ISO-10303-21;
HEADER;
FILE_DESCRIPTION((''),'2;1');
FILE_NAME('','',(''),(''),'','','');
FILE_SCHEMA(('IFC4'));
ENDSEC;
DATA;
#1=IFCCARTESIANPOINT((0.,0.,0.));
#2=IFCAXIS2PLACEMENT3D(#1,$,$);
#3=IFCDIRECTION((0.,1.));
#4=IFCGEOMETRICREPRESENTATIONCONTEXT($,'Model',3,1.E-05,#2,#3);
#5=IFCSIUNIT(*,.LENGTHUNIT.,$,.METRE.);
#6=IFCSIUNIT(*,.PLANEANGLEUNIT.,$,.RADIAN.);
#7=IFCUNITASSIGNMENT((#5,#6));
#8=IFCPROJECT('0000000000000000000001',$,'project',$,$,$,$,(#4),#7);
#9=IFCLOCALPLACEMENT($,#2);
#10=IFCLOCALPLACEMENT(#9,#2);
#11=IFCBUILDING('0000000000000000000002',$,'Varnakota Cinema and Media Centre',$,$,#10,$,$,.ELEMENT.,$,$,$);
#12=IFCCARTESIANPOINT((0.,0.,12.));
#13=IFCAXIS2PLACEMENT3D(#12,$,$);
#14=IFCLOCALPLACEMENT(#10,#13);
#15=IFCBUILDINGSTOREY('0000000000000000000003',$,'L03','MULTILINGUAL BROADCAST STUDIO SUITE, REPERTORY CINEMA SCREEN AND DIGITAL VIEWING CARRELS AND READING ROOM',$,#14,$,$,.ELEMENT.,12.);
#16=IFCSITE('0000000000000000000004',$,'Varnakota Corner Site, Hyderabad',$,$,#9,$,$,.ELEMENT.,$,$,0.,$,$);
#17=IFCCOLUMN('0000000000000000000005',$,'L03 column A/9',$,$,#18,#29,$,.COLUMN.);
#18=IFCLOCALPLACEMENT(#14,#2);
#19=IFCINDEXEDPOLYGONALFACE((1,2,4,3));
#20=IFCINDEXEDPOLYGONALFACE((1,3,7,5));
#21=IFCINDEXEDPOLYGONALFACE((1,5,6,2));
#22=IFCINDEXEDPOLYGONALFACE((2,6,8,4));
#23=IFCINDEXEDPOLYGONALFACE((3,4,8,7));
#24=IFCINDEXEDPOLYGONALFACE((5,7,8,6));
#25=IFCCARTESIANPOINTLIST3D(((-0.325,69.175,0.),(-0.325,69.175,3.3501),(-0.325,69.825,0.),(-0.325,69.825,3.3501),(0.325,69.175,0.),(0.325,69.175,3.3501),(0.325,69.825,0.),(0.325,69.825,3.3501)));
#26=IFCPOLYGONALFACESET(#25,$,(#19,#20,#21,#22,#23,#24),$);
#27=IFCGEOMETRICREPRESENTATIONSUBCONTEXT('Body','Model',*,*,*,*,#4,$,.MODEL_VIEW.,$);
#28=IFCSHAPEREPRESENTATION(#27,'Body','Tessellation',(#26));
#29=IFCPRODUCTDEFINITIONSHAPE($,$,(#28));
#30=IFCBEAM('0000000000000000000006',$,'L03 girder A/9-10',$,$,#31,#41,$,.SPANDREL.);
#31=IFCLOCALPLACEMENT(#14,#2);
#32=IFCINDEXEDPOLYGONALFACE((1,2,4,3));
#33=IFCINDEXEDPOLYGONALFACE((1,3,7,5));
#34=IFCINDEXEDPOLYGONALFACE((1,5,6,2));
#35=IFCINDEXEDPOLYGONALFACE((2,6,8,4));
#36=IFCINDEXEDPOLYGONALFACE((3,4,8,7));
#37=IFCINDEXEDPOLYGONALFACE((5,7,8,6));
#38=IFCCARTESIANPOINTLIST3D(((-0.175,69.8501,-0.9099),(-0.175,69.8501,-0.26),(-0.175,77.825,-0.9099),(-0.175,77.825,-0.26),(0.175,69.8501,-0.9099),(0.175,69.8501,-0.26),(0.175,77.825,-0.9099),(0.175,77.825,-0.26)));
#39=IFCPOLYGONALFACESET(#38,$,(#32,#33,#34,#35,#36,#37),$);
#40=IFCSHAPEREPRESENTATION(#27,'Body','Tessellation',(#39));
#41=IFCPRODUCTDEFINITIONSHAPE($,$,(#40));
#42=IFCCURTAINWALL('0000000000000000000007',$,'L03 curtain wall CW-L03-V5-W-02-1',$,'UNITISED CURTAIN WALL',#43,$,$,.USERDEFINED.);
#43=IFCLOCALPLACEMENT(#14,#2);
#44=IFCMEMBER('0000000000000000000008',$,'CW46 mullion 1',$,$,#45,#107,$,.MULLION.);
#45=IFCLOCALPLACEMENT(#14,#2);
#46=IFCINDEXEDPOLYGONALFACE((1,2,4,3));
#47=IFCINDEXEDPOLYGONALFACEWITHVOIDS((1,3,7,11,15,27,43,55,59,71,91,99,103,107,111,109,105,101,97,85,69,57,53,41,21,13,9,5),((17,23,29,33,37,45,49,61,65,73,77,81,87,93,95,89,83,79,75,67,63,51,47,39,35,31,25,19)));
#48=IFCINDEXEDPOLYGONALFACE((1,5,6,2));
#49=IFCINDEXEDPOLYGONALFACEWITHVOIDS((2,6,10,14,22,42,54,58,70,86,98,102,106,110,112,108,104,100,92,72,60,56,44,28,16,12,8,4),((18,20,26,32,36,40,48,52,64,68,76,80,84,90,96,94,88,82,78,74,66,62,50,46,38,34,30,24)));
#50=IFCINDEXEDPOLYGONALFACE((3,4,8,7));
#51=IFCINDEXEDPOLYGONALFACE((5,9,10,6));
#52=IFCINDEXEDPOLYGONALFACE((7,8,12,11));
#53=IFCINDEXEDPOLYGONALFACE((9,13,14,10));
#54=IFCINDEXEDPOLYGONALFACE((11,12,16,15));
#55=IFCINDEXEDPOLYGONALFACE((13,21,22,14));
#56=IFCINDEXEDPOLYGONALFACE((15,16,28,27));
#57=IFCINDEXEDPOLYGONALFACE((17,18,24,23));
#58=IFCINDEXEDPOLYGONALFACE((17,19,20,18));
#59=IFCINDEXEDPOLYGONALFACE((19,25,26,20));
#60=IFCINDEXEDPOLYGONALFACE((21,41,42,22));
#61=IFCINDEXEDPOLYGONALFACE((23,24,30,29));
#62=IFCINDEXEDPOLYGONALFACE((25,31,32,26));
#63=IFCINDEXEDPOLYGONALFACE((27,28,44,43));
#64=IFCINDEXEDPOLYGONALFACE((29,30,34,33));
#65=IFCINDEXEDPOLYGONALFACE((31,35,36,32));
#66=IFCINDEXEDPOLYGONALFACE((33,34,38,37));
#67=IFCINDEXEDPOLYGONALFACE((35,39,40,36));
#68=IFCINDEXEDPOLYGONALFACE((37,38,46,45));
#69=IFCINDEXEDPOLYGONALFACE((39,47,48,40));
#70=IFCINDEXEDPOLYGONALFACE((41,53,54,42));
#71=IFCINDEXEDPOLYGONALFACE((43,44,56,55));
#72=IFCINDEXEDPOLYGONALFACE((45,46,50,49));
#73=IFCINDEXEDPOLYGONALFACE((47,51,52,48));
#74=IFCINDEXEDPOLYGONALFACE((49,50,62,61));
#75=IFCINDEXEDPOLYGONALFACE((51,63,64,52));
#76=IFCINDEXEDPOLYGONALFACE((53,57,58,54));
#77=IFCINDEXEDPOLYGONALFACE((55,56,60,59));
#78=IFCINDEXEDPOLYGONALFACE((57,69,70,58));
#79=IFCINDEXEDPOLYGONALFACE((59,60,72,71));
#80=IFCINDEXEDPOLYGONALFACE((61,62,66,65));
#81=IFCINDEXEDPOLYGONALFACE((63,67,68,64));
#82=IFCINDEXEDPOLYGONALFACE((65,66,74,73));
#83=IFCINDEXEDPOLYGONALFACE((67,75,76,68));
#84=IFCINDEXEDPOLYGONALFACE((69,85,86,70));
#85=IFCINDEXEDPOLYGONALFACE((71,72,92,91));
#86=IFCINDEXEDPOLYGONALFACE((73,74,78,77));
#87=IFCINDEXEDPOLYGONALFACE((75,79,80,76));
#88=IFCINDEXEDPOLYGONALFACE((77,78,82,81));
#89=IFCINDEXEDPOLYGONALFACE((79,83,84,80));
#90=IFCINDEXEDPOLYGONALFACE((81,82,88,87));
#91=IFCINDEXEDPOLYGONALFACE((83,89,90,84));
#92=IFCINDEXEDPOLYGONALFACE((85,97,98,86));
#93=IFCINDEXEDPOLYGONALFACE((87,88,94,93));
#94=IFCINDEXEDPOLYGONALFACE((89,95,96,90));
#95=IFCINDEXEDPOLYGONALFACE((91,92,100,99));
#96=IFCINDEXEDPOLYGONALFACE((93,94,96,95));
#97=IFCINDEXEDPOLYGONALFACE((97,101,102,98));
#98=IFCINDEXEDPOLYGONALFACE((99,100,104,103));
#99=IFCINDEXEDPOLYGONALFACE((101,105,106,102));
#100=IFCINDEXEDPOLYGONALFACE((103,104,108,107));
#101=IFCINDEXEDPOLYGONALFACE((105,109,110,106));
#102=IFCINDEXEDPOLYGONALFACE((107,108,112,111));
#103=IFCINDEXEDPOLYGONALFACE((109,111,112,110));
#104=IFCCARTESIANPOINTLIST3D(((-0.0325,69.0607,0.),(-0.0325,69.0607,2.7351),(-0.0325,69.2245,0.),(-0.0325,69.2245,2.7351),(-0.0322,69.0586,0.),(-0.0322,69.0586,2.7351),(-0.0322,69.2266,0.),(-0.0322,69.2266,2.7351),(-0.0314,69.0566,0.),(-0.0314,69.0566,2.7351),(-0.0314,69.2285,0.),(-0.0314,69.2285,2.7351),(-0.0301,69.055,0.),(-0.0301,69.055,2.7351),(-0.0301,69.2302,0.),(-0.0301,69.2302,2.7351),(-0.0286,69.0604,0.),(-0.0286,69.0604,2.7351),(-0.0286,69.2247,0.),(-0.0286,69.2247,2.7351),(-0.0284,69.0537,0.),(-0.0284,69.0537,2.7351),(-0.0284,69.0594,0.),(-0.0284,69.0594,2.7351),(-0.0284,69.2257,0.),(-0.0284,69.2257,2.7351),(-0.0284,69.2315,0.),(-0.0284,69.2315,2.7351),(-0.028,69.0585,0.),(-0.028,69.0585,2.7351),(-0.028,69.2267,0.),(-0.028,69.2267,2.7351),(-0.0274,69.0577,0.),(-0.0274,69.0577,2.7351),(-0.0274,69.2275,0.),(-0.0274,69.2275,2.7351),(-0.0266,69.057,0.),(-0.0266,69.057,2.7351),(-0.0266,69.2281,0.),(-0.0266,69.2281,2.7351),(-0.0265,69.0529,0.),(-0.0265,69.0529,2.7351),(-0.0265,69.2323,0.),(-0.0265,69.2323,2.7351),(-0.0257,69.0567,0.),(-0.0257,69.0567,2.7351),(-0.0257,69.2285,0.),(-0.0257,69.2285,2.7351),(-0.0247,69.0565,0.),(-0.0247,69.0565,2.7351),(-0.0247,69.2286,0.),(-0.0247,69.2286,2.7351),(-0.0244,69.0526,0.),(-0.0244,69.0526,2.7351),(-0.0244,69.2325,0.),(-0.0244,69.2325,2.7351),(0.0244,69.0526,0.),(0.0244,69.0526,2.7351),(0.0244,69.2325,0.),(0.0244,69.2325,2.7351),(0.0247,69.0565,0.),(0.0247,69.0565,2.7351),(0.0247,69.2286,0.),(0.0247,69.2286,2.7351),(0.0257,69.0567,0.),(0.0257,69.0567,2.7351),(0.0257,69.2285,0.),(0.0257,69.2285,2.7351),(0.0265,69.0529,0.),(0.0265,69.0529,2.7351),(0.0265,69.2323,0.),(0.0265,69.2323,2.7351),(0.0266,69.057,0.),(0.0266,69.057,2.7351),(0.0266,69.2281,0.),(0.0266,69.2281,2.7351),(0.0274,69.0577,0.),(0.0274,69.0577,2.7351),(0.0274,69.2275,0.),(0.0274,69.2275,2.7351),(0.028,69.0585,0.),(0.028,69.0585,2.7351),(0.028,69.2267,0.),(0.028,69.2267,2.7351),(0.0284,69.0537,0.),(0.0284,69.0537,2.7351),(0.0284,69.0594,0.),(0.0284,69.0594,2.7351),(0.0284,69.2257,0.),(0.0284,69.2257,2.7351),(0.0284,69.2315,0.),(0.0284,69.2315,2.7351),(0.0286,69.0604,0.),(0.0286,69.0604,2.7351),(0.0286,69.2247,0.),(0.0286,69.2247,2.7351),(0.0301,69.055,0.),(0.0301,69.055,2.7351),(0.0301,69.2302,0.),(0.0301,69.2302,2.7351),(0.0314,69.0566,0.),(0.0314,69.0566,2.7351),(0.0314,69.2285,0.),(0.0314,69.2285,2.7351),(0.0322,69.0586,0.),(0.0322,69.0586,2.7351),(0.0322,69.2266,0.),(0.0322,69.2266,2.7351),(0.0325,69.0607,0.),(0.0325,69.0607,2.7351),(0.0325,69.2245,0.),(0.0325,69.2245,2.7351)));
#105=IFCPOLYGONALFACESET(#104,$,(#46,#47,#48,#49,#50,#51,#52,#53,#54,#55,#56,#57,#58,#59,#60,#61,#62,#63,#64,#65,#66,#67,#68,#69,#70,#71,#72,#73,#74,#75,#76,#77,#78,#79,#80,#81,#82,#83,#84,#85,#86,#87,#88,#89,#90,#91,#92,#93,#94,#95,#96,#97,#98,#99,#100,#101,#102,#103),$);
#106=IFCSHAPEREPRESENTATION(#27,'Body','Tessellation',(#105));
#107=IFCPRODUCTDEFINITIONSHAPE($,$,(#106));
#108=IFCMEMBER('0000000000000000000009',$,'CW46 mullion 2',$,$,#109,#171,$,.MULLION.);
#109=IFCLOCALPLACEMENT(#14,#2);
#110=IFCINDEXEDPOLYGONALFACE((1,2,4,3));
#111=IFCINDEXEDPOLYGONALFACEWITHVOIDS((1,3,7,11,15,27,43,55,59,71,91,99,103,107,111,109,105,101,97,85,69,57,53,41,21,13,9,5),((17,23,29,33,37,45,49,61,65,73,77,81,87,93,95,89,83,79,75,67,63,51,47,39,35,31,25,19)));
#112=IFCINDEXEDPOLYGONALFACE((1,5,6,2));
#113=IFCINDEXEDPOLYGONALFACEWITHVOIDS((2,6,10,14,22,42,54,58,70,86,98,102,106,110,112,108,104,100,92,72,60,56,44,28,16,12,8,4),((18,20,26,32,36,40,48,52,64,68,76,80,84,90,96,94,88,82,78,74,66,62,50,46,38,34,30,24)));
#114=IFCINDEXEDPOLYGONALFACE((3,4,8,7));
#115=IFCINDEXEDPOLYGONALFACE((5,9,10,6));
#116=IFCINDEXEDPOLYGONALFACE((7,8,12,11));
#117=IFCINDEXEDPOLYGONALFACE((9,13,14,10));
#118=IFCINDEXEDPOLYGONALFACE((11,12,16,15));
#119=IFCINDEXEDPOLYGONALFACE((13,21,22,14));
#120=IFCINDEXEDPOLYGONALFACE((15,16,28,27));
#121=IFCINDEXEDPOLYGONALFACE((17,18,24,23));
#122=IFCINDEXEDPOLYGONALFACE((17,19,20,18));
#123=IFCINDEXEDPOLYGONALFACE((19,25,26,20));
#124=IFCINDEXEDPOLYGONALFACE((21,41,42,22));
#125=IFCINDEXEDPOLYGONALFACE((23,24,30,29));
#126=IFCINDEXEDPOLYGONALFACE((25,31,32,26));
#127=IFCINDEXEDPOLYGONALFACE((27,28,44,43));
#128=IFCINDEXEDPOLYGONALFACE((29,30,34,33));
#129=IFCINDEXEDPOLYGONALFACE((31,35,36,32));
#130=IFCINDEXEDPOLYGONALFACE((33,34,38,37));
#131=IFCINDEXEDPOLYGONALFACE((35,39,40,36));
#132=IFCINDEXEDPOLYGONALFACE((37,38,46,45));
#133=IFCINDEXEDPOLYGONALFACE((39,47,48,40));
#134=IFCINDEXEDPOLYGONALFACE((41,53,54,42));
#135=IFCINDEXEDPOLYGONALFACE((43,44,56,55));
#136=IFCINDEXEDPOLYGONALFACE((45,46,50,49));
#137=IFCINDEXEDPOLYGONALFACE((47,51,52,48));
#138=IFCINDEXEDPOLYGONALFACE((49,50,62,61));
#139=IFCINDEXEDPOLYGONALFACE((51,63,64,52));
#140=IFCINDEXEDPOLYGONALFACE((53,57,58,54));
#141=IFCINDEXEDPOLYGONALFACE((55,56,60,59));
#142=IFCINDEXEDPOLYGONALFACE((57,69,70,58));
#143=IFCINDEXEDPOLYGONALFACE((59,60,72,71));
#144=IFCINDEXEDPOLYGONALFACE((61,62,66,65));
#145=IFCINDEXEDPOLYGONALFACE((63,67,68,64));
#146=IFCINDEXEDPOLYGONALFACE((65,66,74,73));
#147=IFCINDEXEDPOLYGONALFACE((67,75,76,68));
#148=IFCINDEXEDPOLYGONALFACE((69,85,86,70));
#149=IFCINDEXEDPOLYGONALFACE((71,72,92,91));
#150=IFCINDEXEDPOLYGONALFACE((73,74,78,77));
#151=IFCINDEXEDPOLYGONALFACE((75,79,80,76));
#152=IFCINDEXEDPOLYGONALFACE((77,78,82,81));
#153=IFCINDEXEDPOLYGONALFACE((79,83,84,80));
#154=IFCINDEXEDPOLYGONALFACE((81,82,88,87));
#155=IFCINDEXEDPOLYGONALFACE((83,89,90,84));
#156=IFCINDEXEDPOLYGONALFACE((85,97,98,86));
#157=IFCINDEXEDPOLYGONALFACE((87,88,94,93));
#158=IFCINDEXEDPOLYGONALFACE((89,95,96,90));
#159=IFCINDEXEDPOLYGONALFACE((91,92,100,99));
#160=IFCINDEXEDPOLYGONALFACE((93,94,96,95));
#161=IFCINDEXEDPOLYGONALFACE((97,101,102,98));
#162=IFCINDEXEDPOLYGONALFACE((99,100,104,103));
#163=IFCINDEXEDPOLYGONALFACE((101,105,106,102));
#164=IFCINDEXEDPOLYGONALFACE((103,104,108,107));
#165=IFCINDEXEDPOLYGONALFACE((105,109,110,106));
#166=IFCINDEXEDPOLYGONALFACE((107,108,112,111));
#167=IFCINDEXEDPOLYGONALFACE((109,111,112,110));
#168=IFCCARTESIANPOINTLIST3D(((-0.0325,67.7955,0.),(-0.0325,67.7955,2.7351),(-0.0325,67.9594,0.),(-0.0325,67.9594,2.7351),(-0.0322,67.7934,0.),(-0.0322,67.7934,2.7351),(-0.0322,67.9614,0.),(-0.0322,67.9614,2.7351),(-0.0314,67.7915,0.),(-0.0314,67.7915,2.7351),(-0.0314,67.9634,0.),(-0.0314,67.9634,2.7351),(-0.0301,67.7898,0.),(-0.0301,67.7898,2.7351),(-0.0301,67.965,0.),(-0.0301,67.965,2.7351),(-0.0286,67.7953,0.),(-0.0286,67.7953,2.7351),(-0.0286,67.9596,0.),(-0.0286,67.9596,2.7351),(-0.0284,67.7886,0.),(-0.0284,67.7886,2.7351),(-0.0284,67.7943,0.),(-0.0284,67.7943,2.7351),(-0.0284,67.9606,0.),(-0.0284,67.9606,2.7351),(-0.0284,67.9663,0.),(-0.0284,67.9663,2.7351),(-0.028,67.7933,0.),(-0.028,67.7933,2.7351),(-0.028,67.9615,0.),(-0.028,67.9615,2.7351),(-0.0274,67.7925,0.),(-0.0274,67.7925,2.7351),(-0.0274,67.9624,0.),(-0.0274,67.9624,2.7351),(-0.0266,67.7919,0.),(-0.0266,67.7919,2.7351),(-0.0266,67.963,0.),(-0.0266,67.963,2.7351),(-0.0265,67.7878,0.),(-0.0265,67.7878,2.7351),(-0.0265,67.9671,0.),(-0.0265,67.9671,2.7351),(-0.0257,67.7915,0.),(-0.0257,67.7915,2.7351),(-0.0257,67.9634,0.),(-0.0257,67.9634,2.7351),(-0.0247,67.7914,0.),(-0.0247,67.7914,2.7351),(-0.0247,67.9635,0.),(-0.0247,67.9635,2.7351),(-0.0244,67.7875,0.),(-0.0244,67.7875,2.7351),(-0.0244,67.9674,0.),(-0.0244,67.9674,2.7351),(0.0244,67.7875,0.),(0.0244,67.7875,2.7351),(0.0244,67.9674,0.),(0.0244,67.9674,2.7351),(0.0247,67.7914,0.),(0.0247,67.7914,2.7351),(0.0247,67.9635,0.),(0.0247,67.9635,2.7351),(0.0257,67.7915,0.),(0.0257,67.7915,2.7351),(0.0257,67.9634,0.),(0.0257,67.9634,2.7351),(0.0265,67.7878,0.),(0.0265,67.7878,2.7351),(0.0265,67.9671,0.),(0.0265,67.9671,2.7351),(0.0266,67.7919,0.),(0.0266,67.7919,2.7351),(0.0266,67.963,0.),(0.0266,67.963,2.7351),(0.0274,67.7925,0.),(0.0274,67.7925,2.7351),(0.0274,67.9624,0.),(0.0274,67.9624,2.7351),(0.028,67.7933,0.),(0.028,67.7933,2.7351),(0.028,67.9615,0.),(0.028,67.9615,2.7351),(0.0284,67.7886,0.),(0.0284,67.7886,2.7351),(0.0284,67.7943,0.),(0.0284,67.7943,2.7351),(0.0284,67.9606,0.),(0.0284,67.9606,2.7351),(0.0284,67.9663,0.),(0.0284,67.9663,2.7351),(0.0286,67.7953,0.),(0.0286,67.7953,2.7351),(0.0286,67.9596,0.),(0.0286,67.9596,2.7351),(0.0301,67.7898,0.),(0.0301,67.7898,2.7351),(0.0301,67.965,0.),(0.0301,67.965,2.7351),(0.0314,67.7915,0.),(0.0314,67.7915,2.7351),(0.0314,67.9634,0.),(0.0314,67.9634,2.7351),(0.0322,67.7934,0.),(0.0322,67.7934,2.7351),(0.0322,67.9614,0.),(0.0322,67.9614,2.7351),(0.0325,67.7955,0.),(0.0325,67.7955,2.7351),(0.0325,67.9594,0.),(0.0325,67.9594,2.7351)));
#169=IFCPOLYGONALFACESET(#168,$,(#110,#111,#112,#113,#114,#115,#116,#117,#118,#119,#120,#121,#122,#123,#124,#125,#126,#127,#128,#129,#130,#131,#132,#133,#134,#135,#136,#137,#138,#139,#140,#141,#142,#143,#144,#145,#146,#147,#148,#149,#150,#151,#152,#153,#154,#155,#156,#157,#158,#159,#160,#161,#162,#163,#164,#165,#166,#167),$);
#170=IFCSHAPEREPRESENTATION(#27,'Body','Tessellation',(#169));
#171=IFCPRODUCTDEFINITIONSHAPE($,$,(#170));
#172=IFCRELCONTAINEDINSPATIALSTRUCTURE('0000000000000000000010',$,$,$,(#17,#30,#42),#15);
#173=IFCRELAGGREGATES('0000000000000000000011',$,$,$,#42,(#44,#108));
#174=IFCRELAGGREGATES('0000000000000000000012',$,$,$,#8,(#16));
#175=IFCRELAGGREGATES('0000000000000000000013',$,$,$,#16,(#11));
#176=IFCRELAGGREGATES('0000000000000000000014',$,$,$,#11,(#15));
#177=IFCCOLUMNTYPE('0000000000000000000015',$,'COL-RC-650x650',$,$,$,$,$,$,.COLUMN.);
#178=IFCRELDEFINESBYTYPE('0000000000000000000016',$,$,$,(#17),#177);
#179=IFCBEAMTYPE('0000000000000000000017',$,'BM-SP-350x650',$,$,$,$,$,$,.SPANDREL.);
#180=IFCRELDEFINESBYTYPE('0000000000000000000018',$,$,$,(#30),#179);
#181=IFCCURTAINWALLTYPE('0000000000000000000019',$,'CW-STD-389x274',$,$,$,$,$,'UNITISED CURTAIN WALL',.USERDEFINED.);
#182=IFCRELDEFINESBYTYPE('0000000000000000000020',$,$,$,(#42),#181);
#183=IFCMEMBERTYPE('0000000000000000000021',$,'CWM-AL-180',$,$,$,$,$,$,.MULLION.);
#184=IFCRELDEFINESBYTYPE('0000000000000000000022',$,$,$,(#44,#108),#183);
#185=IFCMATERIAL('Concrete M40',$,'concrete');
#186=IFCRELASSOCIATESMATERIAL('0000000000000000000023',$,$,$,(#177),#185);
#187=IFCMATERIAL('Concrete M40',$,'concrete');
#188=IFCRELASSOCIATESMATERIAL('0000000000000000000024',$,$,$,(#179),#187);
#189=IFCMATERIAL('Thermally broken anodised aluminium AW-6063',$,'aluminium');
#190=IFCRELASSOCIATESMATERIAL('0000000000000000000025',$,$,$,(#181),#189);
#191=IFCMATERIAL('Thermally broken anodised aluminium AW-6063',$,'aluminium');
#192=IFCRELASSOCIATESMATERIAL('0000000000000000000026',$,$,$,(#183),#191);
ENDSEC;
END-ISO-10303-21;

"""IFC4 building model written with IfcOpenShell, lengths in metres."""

from ifc_helpers import new_model, si_unit, direction, frame, origin, origin_2d, place, context, subcontext, project, spatial, rectangle, hollow_rectangle, extrude, material, material_profile, profile_set, type_object, element, aggregate, save


model = new_model("IFC4")

# Units and contexts
model_context = context("Model", 3, precision=1e-05, world=origin(), true_north=direction((0.0, 1.0)))
body_context = subcontext(model_context, "Body", "Model", "MODEL_VIEW")
ifc_project = project(units=[si_unit("LENGTHUNIT", "METRE"), si_unit("PLANEANGLEUNIT", "RADIAN")], contexts=[model_context])

# Site, building, storey
site_placement = place(None, origin())
site = spatial("IfcSite", under=ifc_project, at=site_placement, Name="Varnakota Corner Site, Hyderabad", CompositionType="ELEMENT", RefElevation=0.0)
building_placement = place(site_placement, origin())
building = spatial("IfcBuilding", under=site, at=building_placement, Name="Varnakota Cinema and Media Centre", CompositionType="ELEMENT")
storey_placement = place(building_placement, frame((0.0, 0.0, 12.0)))
storey = spatial("IfcBuildingStorey", under=building, at=storey_placement, Name="L03", Description="MULTILINGUAL BROADCAST STUDIO SUITE, REPERTORY CINEMA SCREEN AND DIGITAL VIEWING CARRELS AND READING ROOM", CompositionType="ELEMENT", Elevation=12.0)

# Column
ifc_material_1 = material(Name="Concrete M40", Category="concrete")
ifc_material_profile_1 = material_profile(ifc_material_1, rectangle(XDim=0.6499, YDim=0.6499, at=origin_2d()), Name="RC 650x650")
ifc_profile_set_1 = profile_set([ifc_material_profile_1], Name="Concrete M40")
column_type = type_object("IfcColumnType", Name="COL-RC-650x650", PredefinedType="COLUMN", material=ifc_profile_set_1)
column_placement = place(storey_placement, frame((0.0, 69.5, 0.0), z_axis=(0.0, 0.0, 1.0), x_axis=(1.0, 0.0, 0.0)))
element("IfcColumn", 1, at=column_placement, inside=storey, type_object=column_type, Name="L03 column A/9", PredefinedType="COLUMN", context=body_context, shape_type="SweptSolid", body=[
    extrude(rectangle(XDim=0.6499, YDim=0.6499, at=origin_2d()), origin(), (0.0, 0.0, 1.0), 3.3501),
])

# Beam
ifc_material_2 = material(Name="Concrete M40", Category="concrete")
ifc_material_profile_2 = material_profile(ifc_material_2, rectangle(XDim=0.3501, YDim=0.6499, at=origin_2d()), Name="RCB 350x650")
ifc_profile_set_2 = profile_set([ifc_material_profile_2], Name="Concrete M40")
beam_type = type_object("IfcBeamType", Name="BM-SP-350x650", PredefinedType="SPANDREL", material=ifc_profile_set_2)
beam_placement = place(storey_placement, frame((0.0, 69.8501, -0.585), z_axis=(0.0, 1.0, 0.0), x_axis=(-1.0, 0.0, 0.0)))
element("IfcBeam", 2, at=beam_placement, inside=storey, type_object=beam_type, Name="L03 girder A/9-10", PredefinedType="SPANDREL", context=body_context, shape_type="SweptSolid", body=[
    extrude(rectangle(XDim=0.3501, YDim=0.6499, at=origin_2d()), origin(), (0.0, 0.0, 1.0), 7.9749),
])

# Curtain wall, members
ifc_material_3 = material(Name="Thermally broken anodised aluminium AW-6063", Category="aluminium")
curtain_wall_type = type_object("IfcCurtainWallType", Name="CW-STD-389x274", ElementType="UNITISED CURTAIN WALL", PredefinedType="USERDEFINED", material=ifc_material_3)
curtain_wall_placement = place(storey_placement, origin())
curtain_wall = element("IfcCurtainWall", 3, at=curtain_wall_placement, inside=storey, type_object=curtain_wall_type, Name="L03 curtain wall CW-L03-V5-W-02-1", ObjectType="UNITISED CURTAIN WALL", PredefinedType="USERDEFINED")
ifc_material_4 = material(Name="Thermally broken anodised aluminium AW-6063", Category="aluminium")
ifc_material_profile_3 = material_profile(ifc_material_4, hollow_rectangle(XDim=0.0649, YDim=0.1799, WallThickness=0.0039, InnerFilletRadius=0.0039, OuterFilletRadius=0.0081, at=origin_2d()), Name="AL-MULLION 180x65x4")
ifc_profile_set_3 = profile_set([ifc_material_profile_3], Name="Thermally broken anodised aluminium AW-6063")
member_type_1 = type_object("IfcMemberType", Name="CWM-AL-180", PredefinedType="MULLION", material=ifc_profile_set_3)
member_1_placement = place(storey_placement, frame((0.0, 69.1426, 0.0), z_axis=(0.0, 0.0, 1.0), x_axis=(1.0, 0.0, 0.0)))
member_1 = element("IfcMember", 4, at=member_1_placement, type_object=member_type_1, Name="CW46 mullion 1", PredefinedType="MULLION", context=body_context, shape_type="SweptSolid", body=[
    extrude(hollow_rectangle(XDim=0.0649, YDim=0.1799, WallThickness=0.0039, InnerFilletRadius=0.0039, OuterFilletRadius=0.0081, at=origin_2d()), origin(), (0.0, 0.0, 1.0), 2.7351),
])
member_2_placement = place(storey_placement, frame((0.0, 67.8774, 0.0), z_axis=(0.0, 0.0, 1.0), x_axis=(1.0, 0.0, 0.0)))
member_2 = element("IfcMember", 5, at=member_2_placement, type_object=member_type_1, Name="CW46 mullion 2", PredefinedType="MULLION", context=body_context, shape_type="SweptSolid", body=[
    extrude(hollow_rectangle(XDim=0.0649, YDim=0.1799, WallThickness=0.0039, InnerFilletRadius=0.0039, OuterFilletRadius=0.0081, at=origin_2d()), origin(), (0.0, 0.0, 1.0), 2.7351),
])
aggregate(curtain_wall, [member_1, member_2])

save(model, "model.ifc")
